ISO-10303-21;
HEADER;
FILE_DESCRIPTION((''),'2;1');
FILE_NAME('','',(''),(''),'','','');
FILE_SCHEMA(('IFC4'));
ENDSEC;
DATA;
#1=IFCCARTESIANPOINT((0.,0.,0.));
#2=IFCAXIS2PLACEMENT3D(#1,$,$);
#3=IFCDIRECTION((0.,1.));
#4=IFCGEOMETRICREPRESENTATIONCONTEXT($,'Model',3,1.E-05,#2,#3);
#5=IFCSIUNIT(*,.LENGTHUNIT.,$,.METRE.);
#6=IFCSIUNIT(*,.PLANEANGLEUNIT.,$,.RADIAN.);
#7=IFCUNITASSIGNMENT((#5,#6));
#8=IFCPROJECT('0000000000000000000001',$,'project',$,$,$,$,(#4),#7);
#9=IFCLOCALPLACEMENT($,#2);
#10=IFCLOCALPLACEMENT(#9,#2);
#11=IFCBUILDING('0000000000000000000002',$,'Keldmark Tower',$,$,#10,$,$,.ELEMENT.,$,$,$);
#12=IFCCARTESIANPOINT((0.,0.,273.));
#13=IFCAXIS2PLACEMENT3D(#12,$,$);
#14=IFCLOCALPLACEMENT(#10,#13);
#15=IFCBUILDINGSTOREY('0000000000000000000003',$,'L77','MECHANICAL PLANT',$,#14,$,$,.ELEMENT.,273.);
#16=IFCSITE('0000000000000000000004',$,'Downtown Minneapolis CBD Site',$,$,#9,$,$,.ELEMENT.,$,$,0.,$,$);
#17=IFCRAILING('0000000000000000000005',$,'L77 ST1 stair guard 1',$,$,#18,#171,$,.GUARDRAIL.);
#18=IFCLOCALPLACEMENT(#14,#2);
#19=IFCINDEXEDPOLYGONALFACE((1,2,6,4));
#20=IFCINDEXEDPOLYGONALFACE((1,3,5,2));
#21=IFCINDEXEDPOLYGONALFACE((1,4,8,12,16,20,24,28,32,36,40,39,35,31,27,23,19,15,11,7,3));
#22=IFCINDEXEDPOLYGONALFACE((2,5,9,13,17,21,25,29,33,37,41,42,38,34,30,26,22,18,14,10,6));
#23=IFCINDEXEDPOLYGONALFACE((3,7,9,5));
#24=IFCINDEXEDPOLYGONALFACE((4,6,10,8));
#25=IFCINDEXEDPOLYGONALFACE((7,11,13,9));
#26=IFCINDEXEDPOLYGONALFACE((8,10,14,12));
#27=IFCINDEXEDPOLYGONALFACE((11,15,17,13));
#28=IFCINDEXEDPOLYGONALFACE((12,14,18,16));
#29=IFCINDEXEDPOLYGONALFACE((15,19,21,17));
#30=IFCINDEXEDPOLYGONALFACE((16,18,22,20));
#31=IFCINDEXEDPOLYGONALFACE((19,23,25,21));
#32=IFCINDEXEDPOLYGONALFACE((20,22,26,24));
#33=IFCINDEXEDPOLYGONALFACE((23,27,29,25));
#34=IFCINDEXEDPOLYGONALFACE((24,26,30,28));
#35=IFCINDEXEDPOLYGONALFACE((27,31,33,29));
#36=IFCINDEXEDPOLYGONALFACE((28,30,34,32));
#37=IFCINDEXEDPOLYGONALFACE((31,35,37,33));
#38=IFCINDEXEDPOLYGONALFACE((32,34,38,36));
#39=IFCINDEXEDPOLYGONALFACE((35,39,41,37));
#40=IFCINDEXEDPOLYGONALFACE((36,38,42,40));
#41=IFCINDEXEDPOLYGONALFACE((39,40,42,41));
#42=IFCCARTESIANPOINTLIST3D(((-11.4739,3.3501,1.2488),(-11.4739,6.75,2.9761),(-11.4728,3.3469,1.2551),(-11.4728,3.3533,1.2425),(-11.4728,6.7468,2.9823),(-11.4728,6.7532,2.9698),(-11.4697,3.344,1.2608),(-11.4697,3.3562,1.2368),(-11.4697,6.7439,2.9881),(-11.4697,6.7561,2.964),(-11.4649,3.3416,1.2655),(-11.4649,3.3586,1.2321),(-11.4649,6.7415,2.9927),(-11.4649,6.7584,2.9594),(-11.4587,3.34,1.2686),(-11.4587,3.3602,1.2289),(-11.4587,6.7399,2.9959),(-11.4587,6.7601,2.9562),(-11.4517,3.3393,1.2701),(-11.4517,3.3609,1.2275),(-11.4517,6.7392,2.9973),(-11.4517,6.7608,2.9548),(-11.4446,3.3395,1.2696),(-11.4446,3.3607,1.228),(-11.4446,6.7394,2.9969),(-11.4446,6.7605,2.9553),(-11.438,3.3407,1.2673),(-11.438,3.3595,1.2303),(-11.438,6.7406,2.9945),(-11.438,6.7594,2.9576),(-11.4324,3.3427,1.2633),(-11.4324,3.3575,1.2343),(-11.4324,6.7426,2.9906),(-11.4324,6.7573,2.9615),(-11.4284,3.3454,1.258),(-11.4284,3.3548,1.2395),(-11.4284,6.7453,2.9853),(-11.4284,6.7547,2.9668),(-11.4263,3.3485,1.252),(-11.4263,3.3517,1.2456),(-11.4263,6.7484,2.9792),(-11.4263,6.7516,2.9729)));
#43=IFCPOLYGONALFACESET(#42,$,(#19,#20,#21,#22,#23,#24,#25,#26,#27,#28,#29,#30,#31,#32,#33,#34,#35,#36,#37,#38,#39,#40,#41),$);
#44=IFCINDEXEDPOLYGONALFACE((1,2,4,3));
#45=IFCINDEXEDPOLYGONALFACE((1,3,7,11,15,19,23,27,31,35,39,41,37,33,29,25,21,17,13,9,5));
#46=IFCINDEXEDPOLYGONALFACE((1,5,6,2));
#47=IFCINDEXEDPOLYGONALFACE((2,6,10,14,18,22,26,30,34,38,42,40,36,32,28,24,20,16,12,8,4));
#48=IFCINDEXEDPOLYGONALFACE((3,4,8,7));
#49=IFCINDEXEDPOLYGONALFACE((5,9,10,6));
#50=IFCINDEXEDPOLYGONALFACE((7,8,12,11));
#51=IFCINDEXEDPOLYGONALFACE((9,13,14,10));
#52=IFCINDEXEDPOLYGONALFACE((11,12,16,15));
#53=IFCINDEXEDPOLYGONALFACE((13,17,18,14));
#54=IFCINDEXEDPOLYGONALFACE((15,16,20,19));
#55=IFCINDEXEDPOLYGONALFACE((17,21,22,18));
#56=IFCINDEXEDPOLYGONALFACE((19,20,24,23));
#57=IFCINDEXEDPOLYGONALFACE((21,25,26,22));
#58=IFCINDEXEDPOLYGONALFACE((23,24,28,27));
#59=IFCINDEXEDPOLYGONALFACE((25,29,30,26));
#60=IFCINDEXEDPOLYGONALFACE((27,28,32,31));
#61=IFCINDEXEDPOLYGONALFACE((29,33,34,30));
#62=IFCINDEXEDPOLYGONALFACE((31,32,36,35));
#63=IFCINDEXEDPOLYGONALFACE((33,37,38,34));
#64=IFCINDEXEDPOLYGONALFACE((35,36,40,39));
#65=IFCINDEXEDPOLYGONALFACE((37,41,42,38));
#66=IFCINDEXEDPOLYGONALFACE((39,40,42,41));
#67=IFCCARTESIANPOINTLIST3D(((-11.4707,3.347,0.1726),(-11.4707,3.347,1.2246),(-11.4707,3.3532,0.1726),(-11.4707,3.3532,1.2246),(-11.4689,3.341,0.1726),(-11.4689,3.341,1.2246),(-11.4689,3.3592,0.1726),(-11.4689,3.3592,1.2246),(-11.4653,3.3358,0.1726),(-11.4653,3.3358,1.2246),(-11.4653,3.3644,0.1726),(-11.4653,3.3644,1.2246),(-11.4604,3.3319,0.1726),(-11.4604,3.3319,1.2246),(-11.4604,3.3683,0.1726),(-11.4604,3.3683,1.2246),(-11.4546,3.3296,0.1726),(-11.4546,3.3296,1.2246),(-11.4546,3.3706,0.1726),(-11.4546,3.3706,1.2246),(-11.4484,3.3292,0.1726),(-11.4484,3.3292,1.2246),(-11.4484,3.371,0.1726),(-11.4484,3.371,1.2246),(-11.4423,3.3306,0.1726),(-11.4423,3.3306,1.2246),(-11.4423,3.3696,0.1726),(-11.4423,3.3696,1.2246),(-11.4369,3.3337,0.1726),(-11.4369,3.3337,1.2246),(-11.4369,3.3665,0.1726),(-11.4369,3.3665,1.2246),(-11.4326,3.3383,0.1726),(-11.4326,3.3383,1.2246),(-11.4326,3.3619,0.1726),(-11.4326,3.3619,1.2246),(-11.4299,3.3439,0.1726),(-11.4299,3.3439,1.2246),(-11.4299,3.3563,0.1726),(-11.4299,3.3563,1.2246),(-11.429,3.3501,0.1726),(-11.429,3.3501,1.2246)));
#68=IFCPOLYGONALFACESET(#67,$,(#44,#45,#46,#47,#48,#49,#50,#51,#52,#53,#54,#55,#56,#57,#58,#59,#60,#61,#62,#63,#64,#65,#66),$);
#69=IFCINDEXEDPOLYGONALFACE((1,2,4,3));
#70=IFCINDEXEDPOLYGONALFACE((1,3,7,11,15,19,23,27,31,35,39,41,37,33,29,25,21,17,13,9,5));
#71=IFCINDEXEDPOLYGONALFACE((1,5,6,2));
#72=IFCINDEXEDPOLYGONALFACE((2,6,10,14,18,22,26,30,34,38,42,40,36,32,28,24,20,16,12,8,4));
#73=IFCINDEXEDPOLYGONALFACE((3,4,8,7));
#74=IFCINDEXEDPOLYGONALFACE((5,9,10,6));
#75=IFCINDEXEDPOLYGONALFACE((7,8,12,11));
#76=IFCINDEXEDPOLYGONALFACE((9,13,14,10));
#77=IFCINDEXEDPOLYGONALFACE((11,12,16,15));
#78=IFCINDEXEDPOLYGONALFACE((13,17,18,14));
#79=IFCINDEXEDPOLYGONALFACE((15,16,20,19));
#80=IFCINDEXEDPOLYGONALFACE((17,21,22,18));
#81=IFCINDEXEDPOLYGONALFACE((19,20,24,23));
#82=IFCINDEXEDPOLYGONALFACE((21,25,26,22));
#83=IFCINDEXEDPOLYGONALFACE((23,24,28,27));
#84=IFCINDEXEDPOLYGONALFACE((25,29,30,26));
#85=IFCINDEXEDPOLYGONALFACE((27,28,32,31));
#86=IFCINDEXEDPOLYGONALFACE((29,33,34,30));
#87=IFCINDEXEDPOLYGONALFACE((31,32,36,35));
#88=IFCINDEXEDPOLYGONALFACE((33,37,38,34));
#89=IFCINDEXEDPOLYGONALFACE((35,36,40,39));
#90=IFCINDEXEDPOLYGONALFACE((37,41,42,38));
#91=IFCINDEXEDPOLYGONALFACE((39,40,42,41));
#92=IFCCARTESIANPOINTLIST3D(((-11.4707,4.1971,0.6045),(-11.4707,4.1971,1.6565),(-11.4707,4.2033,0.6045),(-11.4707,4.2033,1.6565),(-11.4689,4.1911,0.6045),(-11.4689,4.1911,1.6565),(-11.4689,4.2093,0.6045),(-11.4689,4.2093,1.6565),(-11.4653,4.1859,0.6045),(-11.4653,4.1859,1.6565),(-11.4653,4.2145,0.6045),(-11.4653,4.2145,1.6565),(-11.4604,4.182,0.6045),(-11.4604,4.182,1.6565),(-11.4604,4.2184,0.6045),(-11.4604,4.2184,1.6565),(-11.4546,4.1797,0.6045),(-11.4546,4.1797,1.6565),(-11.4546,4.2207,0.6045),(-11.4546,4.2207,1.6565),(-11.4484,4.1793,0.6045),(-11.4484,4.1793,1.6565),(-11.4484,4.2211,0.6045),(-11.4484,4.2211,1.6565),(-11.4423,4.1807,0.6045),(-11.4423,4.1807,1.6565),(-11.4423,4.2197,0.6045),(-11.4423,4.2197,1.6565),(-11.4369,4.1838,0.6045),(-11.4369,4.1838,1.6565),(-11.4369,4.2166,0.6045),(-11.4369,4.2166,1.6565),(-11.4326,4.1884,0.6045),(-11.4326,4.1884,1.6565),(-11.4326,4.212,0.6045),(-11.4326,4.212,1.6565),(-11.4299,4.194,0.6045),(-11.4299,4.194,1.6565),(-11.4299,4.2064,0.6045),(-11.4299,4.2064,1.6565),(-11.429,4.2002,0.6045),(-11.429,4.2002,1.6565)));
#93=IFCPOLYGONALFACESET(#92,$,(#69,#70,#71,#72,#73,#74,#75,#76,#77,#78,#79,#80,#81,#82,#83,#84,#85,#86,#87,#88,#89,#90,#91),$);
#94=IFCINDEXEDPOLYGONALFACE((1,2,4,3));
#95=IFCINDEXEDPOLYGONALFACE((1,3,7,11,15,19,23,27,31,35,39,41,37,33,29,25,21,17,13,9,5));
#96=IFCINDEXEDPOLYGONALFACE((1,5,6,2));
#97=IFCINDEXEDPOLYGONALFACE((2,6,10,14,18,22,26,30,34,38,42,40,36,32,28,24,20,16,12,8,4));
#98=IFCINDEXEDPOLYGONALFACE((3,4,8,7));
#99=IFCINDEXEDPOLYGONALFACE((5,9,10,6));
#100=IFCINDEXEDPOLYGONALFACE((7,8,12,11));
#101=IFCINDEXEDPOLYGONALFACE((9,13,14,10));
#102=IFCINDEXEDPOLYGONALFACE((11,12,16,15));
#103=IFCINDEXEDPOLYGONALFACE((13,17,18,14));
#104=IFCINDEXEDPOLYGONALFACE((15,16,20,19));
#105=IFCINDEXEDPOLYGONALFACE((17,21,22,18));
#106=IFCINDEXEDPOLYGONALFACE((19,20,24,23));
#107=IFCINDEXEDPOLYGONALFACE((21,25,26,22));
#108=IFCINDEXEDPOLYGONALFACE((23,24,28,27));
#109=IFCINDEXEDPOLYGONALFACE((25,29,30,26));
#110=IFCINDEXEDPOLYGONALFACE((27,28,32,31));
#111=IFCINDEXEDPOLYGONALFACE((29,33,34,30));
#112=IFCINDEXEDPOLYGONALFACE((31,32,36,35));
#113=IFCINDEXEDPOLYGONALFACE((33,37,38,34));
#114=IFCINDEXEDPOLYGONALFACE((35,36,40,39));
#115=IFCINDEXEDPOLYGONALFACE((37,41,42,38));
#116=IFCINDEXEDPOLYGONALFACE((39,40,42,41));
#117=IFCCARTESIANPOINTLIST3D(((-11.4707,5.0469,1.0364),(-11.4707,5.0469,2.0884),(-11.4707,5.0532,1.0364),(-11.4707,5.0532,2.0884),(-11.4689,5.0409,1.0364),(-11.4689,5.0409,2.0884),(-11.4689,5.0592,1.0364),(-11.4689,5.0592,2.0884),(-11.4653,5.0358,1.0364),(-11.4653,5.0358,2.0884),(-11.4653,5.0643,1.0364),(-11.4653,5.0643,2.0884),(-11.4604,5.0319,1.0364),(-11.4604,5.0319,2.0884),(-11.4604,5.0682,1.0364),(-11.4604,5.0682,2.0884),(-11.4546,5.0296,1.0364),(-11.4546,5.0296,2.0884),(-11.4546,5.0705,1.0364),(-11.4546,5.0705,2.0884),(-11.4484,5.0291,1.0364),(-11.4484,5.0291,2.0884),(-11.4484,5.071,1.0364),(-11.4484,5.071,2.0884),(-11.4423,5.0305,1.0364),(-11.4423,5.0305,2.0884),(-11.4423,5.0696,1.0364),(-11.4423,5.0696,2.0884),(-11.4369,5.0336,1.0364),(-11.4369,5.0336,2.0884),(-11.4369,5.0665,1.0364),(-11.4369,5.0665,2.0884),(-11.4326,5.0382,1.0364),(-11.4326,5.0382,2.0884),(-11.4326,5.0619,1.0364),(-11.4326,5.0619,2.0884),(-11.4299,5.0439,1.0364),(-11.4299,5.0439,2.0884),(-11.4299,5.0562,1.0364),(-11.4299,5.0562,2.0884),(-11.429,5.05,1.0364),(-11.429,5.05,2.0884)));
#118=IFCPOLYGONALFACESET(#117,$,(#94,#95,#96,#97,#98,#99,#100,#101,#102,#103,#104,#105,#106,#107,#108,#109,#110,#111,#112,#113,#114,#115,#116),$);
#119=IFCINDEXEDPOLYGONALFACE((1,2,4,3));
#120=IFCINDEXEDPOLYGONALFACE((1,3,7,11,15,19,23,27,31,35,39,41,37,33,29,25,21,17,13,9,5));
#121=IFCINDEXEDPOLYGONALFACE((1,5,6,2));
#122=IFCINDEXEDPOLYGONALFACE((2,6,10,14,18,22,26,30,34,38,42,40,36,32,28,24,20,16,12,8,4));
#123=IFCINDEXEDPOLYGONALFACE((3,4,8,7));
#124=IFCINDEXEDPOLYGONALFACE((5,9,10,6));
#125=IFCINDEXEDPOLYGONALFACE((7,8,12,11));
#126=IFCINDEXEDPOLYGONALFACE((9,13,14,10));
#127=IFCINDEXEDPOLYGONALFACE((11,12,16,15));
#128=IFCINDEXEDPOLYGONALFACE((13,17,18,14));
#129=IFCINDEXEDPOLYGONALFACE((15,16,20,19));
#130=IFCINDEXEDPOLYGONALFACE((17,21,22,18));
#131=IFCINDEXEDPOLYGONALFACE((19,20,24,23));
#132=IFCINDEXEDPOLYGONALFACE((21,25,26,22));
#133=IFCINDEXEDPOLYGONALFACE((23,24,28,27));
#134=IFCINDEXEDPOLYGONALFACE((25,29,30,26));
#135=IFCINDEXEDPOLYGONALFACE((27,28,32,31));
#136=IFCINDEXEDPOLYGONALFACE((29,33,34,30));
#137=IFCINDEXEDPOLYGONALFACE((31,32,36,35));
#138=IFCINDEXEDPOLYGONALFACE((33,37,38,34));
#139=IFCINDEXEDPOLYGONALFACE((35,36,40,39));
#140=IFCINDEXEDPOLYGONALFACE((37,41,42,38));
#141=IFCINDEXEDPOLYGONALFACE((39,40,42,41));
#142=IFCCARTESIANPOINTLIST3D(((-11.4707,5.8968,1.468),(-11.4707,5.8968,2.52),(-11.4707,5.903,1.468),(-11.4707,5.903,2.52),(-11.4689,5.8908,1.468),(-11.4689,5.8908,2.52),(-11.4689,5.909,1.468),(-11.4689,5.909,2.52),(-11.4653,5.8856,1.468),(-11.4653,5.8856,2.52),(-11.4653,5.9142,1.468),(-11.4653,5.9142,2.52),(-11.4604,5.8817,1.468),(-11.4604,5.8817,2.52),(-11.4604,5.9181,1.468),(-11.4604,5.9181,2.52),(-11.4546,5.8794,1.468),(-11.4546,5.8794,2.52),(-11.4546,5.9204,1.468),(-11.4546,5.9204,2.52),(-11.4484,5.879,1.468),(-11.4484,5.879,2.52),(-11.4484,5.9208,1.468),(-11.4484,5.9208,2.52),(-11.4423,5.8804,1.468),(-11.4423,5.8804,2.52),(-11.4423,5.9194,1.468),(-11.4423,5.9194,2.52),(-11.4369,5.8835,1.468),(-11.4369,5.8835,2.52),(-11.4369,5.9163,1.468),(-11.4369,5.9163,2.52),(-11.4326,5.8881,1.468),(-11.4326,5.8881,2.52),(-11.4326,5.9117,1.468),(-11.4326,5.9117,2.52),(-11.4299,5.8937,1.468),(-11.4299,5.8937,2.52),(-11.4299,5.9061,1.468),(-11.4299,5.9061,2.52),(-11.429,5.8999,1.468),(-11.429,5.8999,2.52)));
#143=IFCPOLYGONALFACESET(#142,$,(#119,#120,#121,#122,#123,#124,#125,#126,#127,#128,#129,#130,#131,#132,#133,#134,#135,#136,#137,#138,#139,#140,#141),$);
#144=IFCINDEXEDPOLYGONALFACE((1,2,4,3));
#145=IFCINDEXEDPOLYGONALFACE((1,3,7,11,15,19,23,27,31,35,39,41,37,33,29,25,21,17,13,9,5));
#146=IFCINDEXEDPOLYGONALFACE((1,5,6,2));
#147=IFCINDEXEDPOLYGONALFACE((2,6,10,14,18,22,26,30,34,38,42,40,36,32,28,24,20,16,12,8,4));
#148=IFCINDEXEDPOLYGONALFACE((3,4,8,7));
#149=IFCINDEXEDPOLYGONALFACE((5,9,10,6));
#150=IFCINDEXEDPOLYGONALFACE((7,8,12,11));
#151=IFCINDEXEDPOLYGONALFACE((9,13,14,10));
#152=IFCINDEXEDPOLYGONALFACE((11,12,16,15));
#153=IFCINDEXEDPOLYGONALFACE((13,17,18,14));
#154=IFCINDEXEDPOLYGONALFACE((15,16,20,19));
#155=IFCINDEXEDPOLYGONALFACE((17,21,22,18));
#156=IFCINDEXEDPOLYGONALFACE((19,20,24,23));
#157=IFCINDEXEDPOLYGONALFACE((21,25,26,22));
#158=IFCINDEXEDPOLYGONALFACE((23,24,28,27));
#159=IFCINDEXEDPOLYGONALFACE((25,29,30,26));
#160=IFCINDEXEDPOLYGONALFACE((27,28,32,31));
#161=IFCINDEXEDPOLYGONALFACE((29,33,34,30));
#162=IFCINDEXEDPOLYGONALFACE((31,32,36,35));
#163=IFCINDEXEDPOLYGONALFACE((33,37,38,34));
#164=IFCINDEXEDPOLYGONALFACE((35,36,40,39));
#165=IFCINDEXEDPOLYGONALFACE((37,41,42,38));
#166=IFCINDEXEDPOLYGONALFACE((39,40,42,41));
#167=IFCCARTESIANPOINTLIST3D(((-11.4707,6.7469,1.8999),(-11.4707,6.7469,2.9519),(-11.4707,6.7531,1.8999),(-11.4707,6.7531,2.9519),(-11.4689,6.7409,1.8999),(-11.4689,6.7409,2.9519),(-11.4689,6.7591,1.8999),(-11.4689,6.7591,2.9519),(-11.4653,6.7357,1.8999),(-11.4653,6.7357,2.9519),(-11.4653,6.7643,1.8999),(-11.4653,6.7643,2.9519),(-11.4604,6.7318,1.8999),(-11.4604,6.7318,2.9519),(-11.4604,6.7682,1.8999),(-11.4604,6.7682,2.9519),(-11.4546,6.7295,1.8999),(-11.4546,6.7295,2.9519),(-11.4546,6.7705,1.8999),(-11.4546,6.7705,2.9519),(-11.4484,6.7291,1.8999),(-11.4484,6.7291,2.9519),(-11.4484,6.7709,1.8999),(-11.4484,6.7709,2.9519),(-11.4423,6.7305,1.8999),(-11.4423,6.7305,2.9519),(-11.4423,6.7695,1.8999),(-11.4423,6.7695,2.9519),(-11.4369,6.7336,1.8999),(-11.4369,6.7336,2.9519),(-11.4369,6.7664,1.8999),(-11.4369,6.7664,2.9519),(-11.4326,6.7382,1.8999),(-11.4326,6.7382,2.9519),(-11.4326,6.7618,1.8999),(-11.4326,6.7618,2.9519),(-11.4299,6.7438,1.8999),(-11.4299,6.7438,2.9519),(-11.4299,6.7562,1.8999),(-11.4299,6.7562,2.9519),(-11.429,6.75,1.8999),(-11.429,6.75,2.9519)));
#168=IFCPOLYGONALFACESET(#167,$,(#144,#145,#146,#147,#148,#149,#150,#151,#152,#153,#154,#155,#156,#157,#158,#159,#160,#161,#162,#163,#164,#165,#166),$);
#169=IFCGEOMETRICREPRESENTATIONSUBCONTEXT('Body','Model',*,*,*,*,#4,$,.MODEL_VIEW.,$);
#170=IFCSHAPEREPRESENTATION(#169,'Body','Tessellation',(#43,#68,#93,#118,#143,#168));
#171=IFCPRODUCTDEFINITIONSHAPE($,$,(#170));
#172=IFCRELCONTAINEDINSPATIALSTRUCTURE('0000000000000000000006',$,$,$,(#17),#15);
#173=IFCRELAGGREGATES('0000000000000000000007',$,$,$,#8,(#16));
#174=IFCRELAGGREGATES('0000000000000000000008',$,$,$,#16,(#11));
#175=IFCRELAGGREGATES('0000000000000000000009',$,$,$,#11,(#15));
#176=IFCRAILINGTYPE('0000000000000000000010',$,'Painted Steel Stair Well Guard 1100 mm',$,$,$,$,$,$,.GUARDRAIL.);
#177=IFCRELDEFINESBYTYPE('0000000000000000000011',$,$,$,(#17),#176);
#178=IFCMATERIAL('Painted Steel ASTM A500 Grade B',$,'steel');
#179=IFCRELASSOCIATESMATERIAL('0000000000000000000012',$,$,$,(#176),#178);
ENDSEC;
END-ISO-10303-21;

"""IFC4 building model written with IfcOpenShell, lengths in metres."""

from ifc_helpers import new_model, si_unit, direction, frame, origin, origin_2d, place, context, subcontext, project, spatial, circle, extrude, material, type_object, element, save


model = new_model("IFC4")

# Units and contexts
model_context = context("Model", 3, precision=1e-05, world=origin(), true_north=direction((0.0, 1.0)))
body_context = subcontext(model_context, "Body", "Model", "MODEL_VIEW")
ifc_project = project(units=[si_unit("LENGTHUNIT", "METRE"), si_unit("PLANEANGLEUNIT", "RADIAN")], contexts=[model_context])

# Site, building, storey
site_placement = place(None, origin())
site = spatial("IfcSite", under=ifc_project, at=site_placement, Name="Downtown Minneapolis CBD Site", CompositionType="ELEMENT", RefElevation=0.0)
building_placement = place(site_placement, origin())
building = spatial("IfcBuilding", under=site, at=building_placement, Name="Keldmark Tower", CompositionType="ELEMENT")
storey_placement = place(building_placement, frame((0.0, 0.0, 273.0)))
storey = spatial("IfcBuildingStorey", under=building, at=storey_placement, Name="L77", Description="MECHANICAL PLANT", CompositionType="ELEMENT", Elevation=273.0)

# Railing
ifc_material_1 = material(Name="Painted Steel ASTM A500 Grade B", Category="steel")
railing_type_1 = type_object("IfcRailingType", Name="Painted Steel Stair Well Guard 1100 mm", PredefinedType="GUARDRAIL", material=ifc_material_1)
railing_1_placement = place(storey_placement, frame((-11.45, 3.3501, 0.1726)))
element("IfcRailing", 1, at=railing_1_placement, inside=storey, type_object=railing_type_1, Name="L77 ST1 stair guard 1", PredefinedType="GUARDRAIL", context=body_context, shape_type="SweptSolid", body=[
    extrude(circle(Radius=0.0239, at=origin_2d()), frame((0.0, 0.0, 1.0762), z_axis=(0.0, 0.891541, 0.452941), x_axis=(-1.0, 0.0, 0.0)), (0.0, 0.0, 1.0), 3.8135),
    extrude(circle(Radius=0.021, at=origin_2d()), origin(), (0.0, 0.0, 1.0), 1.052),
    extrude(circle(Radius=0.021, at=origin_2d()), frame((0.0, 0.8501, 0.4319)), (0.0, 0.0, 1.0), 1.052),
    extrude(circle(Radius=0.021, at=origin_2d()), frame((0.0, 1.7, 0.8638)), (0.0, 0.0, 1.0), 1.052),
    extrude(circle(Radius=0.021, at=origin_2d()), frame((0.0, 2.5498, 1.2954)), (0.0, 0.0, 1.0), 1.052),
    extrude(circle(Radius=0.021, at=origin_2d()), frame((0.0, 3.3999, 1.7273)), (0.0, 0.0, 1.0), 1.052),
])

save(model, "model.ifc")
